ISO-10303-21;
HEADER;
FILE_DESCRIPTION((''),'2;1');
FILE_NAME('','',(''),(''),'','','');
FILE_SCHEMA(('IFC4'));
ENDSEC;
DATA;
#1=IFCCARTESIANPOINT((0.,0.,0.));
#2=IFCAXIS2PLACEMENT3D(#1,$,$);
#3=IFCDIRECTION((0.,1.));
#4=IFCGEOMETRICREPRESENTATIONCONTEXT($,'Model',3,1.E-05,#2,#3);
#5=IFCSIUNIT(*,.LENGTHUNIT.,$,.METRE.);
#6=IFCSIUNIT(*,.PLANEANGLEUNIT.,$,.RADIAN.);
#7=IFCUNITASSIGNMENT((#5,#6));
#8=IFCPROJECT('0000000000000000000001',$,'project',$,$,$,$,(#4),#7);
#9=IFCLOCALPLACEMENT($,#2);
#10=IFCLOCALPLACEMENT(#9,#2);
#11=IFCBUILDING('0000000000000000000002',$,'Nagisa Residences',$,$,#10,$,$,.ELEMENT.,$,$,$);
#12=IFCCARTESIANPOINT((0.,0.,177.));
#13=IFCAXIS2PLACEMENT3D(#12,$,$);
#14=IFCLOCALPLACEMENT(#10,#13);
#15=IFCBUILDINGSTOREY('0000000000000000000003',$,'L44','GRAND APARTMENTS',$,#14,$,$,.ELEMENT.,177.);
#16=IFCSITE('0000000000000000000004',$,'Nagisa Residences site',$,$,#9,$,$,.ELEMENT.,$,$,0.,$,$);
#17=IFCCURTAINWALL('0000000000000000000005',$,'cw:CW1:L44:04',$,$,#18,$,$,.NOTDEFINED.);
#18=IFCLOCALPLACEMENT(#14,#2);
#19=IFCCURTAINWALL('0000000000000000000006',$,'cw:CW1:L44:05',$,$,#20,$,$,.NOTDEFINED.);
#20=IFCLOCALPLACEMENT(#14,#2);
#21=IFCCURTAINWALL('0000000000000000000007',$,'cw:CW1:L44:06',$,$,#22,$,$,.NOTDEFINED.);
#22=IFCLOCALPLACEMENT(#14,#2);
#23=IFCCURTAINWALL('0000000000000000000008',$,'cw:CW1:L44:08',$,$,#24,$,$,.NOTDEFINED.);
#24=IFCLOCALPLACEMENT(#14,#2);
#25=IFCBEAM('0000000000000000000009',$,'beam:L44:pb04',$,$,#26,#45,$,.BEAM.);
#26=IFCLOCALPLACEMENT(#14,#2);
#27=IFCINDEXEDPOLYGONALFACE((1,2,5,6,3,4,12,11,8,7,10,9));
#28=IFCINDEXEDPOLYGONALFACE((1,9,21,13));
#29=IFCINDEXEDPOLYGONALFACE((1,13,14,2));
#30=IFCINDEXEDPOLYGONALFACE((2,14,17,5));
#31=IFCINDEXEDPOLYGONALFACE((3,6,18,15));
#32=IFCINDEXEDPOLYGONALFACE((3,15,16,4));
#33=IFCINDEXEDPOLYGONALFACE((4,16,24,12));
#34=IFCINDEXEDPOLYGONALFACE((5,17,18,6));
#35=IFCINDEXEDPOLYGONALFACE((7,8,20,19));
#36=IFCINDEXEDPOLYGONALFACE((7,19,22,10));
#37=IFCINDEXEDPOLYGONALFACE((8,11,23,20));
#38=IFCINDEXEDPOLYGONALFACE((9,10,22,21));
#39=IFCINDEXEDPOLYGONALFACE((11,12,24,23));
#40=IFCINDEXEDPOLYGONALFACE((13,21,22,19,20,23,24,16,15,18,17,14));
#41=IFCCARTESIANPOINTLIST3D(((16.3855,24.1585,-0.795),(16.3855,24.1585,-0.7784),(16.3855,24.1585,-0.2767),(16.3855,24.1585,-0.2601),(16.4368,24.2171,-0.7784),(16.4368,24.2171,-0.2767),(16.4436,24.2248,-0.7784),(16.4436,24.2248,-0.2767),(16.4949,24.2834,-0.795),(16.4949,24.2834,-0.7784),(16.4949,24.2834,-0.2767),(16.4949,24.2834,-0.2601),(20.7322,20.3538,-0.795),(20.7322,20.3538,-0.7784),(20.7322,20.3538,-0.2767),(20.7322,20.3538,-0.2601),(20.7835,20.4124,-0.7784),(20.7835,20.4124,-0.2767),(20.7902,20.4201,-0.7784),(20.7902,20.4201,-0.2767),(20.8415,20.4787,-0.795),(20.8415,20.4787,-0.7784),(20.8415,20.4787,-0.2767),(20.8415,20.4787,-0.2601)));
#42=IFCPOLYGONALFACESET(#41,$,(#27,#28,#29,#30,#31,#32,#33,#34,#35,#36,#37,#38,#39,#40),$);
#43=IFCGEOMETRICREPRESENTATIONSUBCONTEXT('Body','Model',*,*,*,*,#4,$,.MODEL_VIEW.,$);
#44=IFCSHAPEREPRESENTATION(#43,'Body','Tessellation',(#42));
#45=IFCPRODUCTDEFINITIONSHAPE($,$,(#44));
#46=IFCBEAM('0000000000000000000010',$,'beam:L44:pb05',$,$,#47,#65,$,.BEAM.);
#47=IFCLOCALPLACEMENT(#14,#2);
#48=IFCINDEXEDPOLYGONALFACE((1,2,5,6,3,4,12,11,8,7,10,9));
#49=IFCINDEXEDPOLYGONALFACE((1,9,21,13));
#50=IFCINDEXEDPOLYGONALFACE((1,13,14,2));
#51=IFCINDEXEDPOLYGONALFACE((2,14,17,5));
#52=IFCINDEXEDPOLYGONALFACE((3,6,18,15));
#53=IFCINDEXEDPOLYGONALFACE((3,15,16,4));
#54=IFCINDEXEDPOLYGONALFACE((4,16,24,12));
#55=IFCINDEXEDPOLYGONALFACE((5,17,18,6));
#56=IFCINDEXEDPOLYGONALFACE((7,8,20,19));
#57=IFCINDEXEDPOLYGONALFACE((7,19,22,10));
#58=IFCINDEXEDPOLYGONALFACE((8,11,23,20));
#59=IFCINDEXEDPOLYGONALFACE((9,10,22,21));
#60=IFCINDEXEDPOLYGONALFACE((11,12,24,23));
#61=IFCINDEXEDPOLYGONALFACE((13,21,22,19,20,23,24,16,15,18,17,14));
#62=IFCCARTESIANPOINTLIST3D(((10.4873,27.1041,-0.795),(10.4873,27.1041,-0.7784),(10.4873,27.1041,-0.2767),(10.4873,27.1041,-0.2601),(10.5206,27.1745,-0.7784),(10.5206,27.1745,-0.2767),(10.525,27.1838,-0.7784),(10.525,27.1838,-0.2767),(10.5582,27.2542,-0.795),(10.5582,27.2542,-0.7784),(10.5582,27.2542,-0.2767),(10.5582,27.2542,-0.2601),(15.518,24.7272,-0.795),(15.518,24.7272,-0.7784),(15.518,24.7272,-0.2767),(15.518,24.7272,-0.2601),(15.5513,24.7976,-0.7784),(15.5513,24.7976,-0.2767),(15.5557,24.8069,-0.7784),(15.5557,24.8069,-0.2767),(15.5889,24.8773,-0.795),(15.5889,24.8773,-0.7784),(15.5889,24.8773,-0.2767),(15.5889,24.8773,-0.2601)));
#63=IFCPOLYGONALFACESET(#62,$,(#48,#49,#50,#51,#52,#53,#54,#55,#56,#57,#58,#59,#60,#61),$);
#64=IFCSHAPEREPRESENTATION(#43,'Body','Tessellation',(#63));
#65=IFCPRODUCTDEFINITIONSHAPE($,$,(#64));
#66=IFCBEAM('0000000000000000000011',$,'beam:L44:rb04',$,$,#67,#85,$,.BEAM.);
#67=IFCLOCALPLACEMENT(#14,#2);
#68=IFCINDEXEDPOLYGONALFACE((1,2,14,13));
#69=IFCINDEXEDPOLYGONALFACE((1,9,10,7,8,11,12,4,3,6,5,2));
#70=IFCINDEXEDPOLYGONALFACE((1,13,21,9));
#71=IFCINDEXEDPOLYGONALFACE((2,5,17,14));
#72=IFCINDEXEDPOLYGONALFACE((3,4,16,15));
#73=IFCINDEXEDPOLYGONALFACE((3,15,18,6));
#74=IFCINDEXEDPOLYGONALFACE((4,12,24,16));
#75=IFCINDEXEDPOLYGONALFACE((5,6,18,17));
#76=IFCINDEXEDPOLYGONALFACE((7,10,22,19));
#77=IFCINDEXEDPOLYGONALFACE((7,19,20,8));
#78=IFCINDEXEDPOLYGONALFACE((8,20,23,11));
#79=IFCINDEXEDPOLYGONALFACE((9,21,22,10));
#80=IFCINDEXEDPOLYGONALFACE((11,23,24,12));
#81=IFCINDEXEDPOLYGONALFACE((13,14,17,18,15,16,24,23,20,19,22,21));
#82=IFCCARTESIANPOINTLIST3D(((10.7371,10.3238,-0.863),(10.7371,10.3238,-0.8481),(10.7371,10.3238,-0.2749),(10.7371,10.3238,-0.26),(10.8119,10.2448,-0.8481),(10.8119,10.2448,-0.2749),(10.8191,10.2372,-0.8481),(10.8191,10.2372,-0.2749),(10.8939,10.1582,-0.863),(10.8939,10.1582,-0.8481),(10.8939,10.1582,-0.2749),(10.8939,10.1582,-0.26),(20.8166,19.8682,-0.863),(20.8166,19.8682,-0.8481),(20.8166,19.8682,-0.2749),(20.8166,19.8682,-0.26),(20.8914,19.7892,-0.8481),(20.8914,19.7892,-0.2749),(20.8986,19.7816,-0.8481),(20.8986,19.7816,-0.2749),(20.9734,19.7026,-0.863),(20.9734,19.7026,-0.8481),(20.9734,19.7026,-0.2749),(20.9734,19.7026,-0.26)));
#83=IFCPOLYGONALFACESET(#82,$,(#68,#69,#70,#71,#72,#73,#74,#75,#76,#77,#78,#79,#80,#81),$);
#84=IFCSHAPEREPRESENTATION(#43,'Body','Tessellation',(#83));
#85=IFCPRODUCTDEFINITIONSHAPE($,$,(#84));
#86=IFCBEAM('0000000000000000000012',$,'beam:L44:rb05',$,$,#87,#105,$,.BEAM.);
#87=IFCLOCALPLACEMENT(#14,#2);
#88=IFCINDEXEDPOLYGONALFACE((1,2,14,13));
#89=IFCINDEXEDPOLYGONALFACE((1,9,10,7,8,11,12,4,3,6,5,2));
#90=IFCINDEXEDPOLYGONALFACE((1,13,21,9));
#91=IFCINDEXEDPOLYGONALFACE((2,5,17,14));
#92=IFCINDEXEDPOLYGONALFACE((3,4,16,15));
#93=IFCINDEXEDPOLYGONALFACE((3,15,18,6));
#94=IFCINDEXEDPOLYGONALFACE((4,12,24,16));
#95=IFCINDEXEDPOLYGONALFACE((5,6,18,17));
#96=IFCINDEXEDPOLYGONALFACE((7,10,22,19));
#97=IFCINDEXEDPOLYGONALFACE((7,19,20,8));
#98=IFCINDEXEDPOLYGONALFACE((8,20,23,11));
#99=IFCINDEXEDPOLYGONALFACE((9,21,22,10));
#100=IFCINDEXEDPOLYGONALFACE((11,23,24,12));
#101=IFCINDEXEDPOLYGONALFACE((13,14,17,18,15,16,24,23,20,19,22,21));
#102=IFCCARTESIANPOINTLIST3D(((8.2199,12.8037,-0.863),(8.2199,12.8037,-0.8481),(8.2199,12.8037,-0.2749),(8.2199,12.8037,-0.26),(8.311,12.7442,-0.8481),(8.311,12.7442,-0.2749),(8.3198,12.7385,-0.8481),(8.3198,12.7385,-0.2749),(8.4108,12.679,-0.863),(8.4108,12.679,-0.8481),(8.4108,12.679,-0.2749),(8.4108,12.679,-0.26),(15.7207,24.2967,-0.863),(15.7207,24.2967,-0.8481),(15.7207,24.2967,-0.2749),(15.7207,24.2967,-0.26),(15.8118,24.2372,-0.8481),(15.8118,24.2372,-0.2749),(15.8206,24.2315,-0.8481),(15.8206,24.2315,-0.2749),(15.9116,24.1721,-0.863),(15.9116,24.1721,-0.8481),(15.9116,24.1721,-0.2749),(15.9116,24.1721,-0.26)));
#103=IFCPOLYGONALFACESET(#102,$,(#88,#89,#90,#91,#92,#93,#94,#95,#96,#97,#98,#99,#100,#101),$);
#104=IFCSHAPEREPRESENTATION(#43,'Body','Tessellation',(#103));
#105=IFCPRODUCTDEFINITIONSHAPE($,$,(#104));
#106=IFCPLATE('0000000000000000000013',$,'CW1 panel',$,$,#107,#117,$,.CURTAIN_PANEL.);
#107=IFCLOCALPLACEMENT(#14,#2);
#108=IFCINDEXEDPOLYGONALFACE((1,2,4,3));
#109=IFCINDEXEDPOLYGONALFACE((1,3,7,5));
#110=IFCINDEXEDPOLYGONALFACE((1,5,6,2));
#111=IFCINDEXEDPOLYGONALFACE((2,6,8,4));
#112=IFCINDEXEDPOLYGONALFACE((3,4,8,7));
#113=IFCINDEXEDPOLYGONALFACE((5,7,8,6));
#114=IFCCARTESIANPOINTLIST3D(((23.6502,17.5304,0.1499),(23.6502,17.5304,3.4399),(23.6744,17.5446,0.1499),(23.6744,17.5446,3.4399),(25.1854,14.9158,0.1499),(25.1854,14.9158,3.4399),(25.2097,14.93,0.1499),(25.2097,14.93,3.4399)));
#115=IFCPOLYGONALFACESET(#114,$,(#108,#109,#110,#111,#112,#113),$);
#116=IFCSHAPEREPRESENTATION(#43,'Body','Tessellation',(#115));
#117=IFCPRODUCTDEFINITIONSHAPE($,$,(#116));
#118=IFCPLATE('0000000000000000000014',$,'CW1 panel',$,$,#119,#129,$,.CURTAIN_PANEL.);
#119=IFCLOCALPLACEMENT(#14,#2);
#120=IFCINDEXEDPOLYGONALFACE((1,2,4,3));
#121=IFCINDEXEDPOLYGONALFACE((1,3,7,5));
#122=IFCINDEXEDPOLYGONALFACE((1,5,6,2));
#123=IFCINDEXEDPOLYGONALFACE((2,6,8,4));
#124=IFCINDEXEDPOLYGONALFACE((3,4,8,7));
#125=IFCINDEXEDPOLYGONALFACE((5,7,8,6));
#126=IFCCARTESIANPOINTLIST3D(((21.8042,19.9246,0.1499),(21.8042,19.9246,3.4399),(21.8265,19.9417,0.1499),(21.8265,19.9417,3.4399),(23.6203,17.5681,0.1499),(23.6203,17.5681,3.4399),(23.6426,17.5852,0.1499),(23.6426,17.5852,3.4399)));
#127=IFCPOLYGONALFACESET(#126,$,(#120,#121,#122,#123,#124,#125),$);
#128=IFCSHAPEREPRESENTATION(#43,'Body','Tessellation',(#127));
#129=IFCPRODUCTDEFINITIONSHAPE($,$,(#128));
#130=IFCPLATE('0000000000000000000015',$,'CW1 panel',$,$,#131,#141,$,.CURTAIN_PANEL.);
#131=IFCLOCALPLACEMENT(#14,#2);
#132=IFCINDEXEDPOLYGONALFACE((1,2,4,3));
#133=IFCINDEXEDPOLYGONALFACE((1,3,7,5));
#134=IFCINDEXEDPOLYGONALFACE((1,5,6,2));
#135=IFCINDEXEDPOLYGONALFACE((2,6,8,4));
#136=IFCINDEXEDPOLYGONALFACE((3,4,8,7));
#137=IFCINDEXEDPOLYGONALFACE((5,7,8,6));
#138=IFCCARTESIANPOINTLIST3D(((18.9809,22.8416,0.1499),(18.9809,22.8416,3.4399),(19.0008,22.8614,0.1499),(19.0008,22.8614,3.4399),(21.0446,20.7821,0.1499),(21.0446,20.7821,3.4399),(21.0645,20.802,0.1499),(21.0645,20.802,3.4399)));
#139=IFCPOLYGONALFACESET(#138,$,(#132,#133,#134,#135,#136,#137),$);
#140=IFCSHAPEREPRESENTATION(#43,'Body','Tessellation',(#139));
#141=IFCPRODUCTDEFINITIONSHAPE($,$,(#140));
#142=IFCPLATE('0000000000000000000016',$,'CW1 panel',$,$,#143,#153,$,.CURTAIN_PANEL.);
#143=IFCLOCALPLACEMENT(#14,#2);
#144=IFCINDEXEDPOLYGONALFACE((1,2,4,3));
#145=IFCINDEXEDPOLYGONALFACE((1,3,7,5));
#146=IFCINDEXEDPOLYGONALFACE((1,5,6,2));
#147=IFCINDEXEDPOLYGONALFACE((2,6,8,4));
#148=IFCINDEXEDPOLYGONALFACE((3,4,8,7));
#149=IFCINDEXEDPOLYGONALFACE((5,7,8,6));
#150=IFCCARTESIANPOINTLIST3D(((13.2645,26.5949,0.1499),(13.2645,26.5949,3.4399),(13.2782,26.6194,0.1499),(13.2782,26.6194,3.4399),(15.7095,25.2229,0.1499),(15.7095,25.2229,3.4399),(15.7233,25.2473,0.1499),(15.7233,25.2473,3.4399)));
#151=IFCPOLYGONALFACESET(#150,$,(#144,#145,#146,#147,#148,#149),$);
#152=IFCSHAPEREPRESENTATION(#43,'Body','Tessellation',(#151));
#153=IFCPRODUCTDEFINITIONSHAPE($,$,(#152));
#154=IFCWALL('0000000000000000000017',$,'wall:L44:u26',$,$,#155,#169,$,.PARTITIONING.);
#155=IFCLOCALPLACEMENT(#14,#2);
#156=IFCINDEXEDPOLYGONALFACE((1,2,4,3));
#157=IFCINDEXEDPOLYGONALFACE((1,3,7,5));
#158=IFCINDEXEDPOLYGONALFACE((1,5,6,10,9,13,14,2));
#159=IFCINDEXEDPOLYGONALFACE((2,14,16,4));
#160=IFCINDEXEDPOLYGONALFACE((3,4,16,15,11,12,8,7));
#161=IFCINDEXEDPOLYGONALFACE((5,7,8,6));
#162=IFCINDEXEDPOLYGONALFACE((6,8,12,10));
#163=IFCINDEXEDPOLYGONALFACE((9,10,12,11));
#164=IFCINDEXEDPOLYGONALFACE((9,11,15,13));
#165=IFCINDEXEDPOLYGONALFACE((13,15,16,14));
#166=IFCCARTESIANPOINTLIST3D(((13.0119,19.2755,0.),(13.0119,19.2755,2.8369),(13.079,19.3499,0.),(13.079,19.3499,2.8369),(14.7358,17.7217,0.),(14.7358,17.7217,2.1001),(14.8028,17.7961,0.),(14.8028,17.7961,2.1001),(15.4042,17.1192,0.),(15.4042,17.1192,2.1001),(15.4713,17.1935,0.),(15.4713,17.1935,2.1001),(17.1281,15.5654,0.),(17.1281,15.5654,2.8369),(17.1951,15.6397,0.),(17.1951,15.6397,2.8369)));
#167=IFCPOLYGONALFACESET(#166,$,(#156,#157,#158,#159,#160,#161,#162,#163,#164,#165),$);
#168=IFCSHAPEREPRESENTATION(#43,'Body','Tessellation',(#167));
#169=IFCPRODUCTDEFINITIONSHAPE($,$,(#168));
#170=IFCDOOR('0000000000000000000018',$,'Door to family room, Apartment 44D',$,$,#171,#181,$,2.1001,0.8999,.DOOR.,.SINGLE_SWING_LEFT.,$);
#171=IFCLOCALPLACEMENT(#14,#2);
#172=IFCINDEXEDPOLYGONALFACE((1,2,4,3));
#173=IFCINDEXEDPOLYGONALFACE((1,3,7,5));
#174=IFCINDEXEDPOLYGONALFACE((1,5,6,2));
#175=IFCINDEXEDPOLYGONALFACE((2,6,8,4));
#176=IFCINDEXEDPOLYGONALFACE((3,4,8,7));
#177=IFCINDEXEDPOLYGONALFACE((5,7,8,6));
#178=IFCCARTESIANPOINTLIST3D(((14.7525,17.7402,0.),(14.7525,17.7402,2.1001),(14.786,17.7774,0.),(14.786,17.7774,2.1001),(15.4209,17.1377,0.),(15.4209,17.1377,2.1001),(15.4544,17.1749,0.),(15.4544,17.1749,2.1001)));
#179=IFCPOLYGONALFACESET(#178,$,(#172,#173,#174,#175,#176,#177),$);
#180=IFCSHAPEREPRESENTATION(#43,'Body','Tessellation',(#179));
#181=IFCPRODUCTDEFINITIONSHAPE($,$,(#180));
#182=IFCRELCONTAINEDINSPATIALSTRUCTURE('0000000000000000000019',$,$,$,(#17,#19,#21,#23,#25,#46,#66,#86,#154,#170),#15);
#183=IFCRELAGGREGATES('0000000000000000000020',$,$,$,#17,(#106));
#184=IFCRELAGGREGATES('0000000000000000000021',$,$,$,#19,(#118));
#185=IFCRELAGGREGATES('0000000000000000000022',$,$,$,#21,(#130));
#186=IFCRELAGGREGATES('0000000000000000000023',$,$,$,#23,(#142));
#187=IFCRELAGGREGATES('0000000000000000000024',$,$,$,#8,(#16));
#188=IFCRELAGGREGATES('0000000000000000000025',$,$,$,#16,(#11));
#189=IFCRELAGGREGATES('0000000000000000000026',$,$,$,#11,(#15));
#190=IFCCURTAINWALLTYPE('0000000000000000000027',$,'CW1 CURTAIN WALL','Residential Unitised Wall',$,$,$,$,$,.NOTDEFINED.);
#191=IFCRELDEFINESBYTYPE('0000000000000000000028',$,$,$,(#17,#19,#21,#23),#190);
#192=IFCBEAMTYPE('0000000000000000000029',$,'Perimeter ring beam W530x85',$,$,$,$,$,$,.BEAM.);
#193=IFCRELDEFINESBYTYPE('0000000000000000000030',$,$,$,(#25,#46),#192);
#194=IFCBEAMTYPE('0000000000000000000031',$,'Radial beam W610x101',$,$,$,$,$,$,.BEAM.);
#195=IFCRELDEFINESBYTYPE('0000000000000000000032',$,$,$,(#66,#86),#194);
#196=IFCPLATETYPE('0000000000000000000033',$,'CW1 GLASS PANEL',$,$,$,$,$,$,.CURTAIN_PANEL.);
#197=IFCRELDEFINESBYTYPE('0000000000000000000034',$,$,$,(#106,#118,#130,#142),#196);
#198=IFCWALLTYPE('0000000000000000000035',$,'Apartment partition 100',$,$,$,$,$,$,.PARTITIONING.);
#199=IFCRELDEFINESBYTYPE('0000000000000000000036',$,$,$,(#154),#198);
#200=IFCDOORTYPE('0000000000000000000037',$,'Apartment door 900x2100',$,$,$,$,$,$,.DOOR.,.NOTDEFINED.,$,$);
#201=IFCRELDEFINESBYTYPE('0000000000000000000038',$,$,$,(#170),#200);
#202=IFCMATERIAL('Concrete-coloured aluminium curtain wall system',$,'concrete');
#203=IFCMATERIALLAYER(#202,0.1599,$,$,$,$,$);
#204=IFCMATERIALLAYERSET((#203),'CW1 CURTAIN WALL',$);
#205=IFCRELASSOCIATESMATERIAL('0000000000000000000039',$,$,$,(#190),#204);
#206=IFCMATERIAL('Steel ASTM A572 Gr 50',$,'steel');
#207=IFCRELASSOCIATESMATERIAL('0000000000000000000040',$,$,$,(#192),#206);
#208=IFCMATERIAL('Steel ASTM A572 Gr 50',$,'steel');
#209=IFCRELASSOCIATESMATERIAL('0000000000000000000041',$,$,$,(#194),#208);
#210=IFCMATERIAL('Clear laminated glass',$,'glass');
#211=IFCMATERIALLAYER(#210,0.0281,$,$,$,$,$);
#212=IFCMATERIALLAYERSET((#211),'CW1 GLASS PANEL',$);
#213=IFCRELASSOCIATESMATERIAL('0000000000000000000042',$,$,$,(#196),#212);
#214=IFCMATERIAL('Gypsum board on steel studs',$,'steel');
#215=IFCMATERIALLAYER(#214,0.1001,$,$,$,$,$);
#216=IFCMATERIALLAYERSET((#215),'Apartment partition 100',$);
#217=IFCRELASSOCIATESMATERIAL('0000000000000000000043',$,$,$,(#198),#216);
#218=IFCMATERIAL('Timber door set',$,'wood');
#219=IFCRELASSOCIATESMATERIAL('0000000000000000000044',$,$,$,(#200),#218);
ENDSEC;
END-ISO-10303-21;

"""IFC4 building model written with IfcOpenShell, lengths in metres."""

from ifc_helpers import new_model, si_unit, direction, frame, frame_2d, origin, origin_2d, place, context, subcontext, project, spatial, rectangle, i_section, extrude, material, layer, layer_set, material_profile, profile_set, type_object, element, fill, aggregate, save


model = new_model("IFC4")

# Units and contexts
model_context = context("Model", 3, precision=1e-05, world=origin(), true_north=direction((0.0, 1.0)))
body_context = subcontext(model_context, "Body", "Model", "MODEL_VIEW")
ifc_project = project(units=[si_unit("LENGTHUNIT", "METRE"), si_unit("PLANEANGLEUNIT", "RADIAN")], contexts=[model_context])

# Site, building, storey
site_placement = place(None, origin())
site = spatial("IfcSite", under=ifc_project, at=site_placement, Name="Nagisa Residences site", CompositionType="ELEMENT", RefElevation=0.0)
building_placement = place(site_placement, origin())
building = spatial("IfcBuilding", under=site, at=building_placement, Name="Nagisa Residences", CompositionType="ELEMENT")
storey_placement = place(building_placement, frame((0.0, 0.0, 177.0)))
storey = spatial("IfcBuildingStorey", under=building, at=storey_placement, Name="L44", Description="GRAND APARTMENTS", CompositionType="ELEMENT", Elevation=177.0)

# Curtain walls
ifc_material_1 = material(Name="Concrete-coloured aluminium curtain wall system", Category="concrete")
ifc_layer_1 = layer(ifc_material_1, 0.1599)
ifc_layer_set_1 = layer_set([ifc_layer_1], Name="CW1 CURTAIN WALL")
curtain_wall_type = type_object("IfcCurtainWallType", Name="CW1 CURTAIN WALL", Description="Residential Unitised Wall", PredefinedType="NOTDEFINED", material=ifc_layer_set_1)
curtain_wall_1_placement = place(storey_placement, origin())
curtain_wall_1 = element("IfcCurtainWall", 1, at=curtain_wall_1_placement, inside=storey, type_object=curtain_wall_type, Name="cw:CW1:L44:04", PredefinedType="NOTDEFINED")
curtain_wall_2_placement = place(storey_placement, origin())
curtain_wall_2 = element("IfcCurtainWall", 2, at=curtain_wall_2_placement, inside=storey, type_object=curtain_wall_type, Name="cw:CW1:L44:05", PredefinedType="NOTDEFINED")
curtain_wall_3_placement = place(storey_placement, origin())
curtain_wall_3 = element("IfcCurtainWall", 3, at=curtain_wall_3_placement, inside=storey, type_object=curtain_wall_type, Name="cw:CW1:L44:06", PredefinedType="NOTDEFINED")
curtain_wall_4_placement = place(storey_placement, origin())
curtain_wall_4 = element("IfcCurtainWall", 4, at=curtain_wall_4_placement, inside=storey, type_object=curtain_wall_type, Name="cw:CW1:L44:08", PredefinedType="NOTDEFINED")

# Beams
ifc_material_2 = material(Name="Steel ASTM A572 Gr 50", Category="steel")
ifc_material_profile_1 = material_profile(ifc_material_2, i_section(OverallWidth=0.166, OverallDepth=0.5349, WebThickness=0.0103, FlangeThickness=0.0166, at=origin_2d()), Name="W530x85")
ifc_profile_set_1 = profile_set([ifc_material_profile_1], Name="Steel ASTM A572 Gr 50")
beam_type_1 = type_object("IfcBeamType", Name="Perimeter ring beam W530x85", PredefinedType="BEAM", material=ifc_profile_set_1)
beam_1_placement = place(storey_placement, frame((20.7869, 20.4163, -0.5276), z_axis=(-0.752461, 0.658636, 0.0), x_axis=(-0.658636, -0.752461, 0.0)))
element("IfcBeam", 5, at=beam_1_placement, inside=storey, type_object=beam_type_1, Name="beam:L44:pb04", PredefinedType="BEAM", context=body_context, shape_type="SweptSolid", body=[
    extrude(i_section(OverallWidth=0.166, OverallDepth=0.5349, WebThickness=0.0103, FlangeThickness=0.0166, at=origin_2d()), origin(), (0.0, 0.0, 1.0), 5.7766),
])
beam_2_placement = place(storey_placement, frame((15.5535, 24.8022, -0.5276), z_axis=(-0.904157, 0.4272, 0.0), x_axis=(-0.4272, -0.904157, 0.0)))
element("IfcBeam", 6, at=beam_2_placement, inside=storey, type_object=beam_type_1, Name="beam:L44:pb05", PredefinedType="BEAM", context=body_context, shape_type="SweptSolid", body=[
    extrude(i_section(OverallWidth=0.166, OverallDepth=0.5349, WebThickness=0.0103, FlangeThickness=0.0166, at=origin_2d()), origin(), (0.0, 0.0, 1.0), 5.564),
])
ifc_material_3 = material(Name="Steel ASTM A572 Gr 50", Category="steel")
ifc_material_profile_2 = material_profile(ifc_material_3, i_section(OverallWidth=0.228, OverallDepth=0.603, WebThickness=0.0105, FlangeThickness=0.0149, at=origin_2d()), Name="W610x101")
ifc_profile_set_2 = profile_set([ifc_material_profile_2], Name="Steel ASTM A572 Gr 50")
beam_type_2 = type_object("IfcBeamType", Name="Radial beam W610x101", PredefinedType="BEAM", material=ifc_profile_set_2)
beam_3_placement = place(storey_placement, frame((20.895, 19.7854, -0.5615), z_axis=(-0.72612, -0.687568, 0.0), x_axis=(0.687568, -0.72612, 0.0)))
element("IfcBeam", 7, at=beam_3_placement, inside=storey, type_object=beam_type_2, Name="beam:L44:rb04", PredefinedType="BEAM", context=body_context, shape_type="SweptSolid", body=[
    extrude(i_section(OverallWidth=0.228, OverallDepth=0.603, WebThickness=0.0105, FlangeThickness=0.0149, at=origin_2d()), origin(), (0.0, 0.0, 1.0), 13.8813),
])
beam_4_placement = place(storey_placement, frame((15.8162, 24.2344, -0.5615), z_axis=(-0.546541, -0.837432, 0.0), x_axis=(0.837432, -0.546541, 0.0)))
element("IfcBeam", 8, at=beam_4_placement, inside=storey, type_object=beam_type_2, Name="beam:L44:rb05", PredefinedType="BEAM", context=body_context, shape_type="SweptSolid", body=[
    extrude(i_section(OverallWidth=0.228, OverallDepth=0.603, WebThickness=0.0105, FlangeThickness=0.0149, at=origin_2d()), origin(), (0.0, 0.0, 1.0), 13.7241),
])

# Plates
ifc_material_4 = material(Name="Clear laminated glass", Category="glass")
ifc_layer_2 = layer(ifc_material_4, 0.0281)
ifc_layer_set_2 = layer_set([ifc_layer_2], Name="CW1 GLASS PANEL")
plate_type = type_object("IfcPlateType", Name="CW1 GLASS PANEL", PredefinedType="CURTAIN_PANEL", material=ifc_layer_set_2)
plate_1_placement = place(storey_placement, frame((24.4299, 16.2302, 0.1499), z_axis=(0.0, 0.0, 1.0), x_axis=(-0.506349, 0.862329, 0.0)))
plate_1 = element("IfcPlate", 9, at=plate_1_placement, type_object=plate_type, Name="CW1 panel", PredefinedType="CURTAIN_PANEL", context=body_context, shape_type="SweptSolid", body=[
    extrude(rectangle(XDim=3.032, YDim=0.0281, at=origin_2d()), origin(), (0.0, 0.0, 1.0), 3.29),
])
aggregate(curtain_wall_1, [plate_1])
plate_2_placement = place(storey_placement, frame((22.7234, 18.7549, 0.1499), z_axis=(0.0, 0.0, 1.0), x_axis=(-0.61043, 0.79207, 0.0)))
plate_2 = element("IfcPlate", 10, at=plate_2_placement, type_object=plate_type, Name="CW1 panel", PredefinedType="CURTAIN_PANEL", context=body_context, shape_type="SweptSolid", body=[
    extrude(rectangle(XDim=2.9751, YDim=0.0281, at=origin_2d()), origin(), (0.0, 0.0, 1.0), 3.29),
])
aggregate(curtain_wall_2, [plate_2])
plate_3_placement = place(storey_placement, frame((20.0227, 21.8218, 0.1499), z_axis=(0.0, 0.0, 1.0), x_axis=(-0.707836, 0.706377, 0.0)))
plate_3 = element("IfcPlate", 11, at=plate_3_placement, type_object=plate_type, Name="CW1 panel", PredefinedType="CURTAIN_PANEL", context=body_context, shape_type="SweptSolid", body=[
    extrude(rectangle(XDim=2.9155, YDim=0.0281, at=origin_2d()), origin(), (0.0, 0.0, 1.0), 3.29),
])
aggregate(curtain_wall_3, [plate_3])
plate_4_placement = place(storey_placement, frame((14.4939, 25.9211, 0.1499), z_axis=(0.0, 0.0, 1.0), x_axis=(-0.872072, 0.489377, 0.0)))
plate_4 = element("IfcPlate", 12, at=plate_4_placement, type_object=plate_type, Name="CW1 panel", PredefinedType="CURTAIN_PANEL", context=body_context, shape_type="SweptSolid", body=[
    extrude(rectangle(XDim=2.8037, YDim=0.0281, at=origin_2d()), origin(), (0.0, 0.0, 1.0), 3.29),
])
aggregate(curtain_wall_4, [plate_4])

# Wall, opening, door
ifc_material_5 = material(Name="Gypsum board on steel studs", Category="steel")
ifc_layer_3 = layer(ifc_material_5, 0.1001)
ifc_layer_set_3 = layer_set([ifc_layer_3], Name="Apartment partition 100")
wall_type_1 = type_object("IfcWallType", Name="Apartment partition 100", PredefinedType="PARTITIONING", material=ifc_layer_set_3)
wall_1_placement = place(storey_placement, frame((17.1616, 15.6025, 0.0), z_axis=(0.0, 0.0, 1.0), x_axis=(-0.74279, 0.669524, 0.0)))
wall_1 = element("IfcWall", 13, at=wall_1_placement, inside=storey, type_object=wall_type_1, Name="wall:L44:u26", PredefinedType="PARTITIONING", context=body_context, shape_type="SweptSolid", body=[
    extrude(rectangle(XDim=5.5415, YDim=0.1001, at=frame_2d((2.7708, 0.0))), origin(), (0.0, 0.0, 1.0), 2.8369),
])
opening_1_placement = place(wall_1_placement, frame((2.3208, 0.0, 0.0)))
opening_1 = element("IfcOpeningElement", 14, at=opening_1_placement, cuts=wall_1, PredefinedType="OPENING", context=body_context, shape_type="SweptSolid", body=[
    extrude(rectangle(XDim=0.8999, YDim=2.1001, at=frame_2d((0.45, 1.05))), frame((0.0, 0.0601, 0.0), z_axis=(0.0, -1.0, 0.0), x_axis=(1.0, 0.0, 0.0)), (0.0, 0.0, 1.0), 0.1201),
])
ifc_material_6 = material(Name="Timber door set", Category="wood")
door_type_1 = type_object("IfcDoorType", Name="Apartment door 900x2100", OperationType="NOTDEFINED", PredefinedType="DOOR", material=ifc_material_6)
door_1_placement = place(opening_1_placement, frame((0.8999, 0.0, 0.0), x_axis=(-1.0, 0.0, 0.0)))
door_1 = element("IfcDoor", 15, at=door_1_placement, inside=storey, type_object=door_type_1, Name="Door to family room, Apartment 44D", OperationType="SINGLE_SWING_LEFT", OverallHeight=2.1001, OverallWidth=0.8999, PredefinedType="DOOR", context=body_context, shape_type="SweptSolid", body=[
    extrude(rectangle(XDim=0.8999, YDim=2.1001, at=frame_2d((0.45, 1.05))), frame((0.0, 0.0249, 0.0), z_axis=(0.0, -1.0, 0.0), x_axis=(1.0, 0.0, 0.0)), (0.0, 0.0, 1.0), 0.05),
])
fill(opening_1, door_1)

save(model, "model.ifc")
